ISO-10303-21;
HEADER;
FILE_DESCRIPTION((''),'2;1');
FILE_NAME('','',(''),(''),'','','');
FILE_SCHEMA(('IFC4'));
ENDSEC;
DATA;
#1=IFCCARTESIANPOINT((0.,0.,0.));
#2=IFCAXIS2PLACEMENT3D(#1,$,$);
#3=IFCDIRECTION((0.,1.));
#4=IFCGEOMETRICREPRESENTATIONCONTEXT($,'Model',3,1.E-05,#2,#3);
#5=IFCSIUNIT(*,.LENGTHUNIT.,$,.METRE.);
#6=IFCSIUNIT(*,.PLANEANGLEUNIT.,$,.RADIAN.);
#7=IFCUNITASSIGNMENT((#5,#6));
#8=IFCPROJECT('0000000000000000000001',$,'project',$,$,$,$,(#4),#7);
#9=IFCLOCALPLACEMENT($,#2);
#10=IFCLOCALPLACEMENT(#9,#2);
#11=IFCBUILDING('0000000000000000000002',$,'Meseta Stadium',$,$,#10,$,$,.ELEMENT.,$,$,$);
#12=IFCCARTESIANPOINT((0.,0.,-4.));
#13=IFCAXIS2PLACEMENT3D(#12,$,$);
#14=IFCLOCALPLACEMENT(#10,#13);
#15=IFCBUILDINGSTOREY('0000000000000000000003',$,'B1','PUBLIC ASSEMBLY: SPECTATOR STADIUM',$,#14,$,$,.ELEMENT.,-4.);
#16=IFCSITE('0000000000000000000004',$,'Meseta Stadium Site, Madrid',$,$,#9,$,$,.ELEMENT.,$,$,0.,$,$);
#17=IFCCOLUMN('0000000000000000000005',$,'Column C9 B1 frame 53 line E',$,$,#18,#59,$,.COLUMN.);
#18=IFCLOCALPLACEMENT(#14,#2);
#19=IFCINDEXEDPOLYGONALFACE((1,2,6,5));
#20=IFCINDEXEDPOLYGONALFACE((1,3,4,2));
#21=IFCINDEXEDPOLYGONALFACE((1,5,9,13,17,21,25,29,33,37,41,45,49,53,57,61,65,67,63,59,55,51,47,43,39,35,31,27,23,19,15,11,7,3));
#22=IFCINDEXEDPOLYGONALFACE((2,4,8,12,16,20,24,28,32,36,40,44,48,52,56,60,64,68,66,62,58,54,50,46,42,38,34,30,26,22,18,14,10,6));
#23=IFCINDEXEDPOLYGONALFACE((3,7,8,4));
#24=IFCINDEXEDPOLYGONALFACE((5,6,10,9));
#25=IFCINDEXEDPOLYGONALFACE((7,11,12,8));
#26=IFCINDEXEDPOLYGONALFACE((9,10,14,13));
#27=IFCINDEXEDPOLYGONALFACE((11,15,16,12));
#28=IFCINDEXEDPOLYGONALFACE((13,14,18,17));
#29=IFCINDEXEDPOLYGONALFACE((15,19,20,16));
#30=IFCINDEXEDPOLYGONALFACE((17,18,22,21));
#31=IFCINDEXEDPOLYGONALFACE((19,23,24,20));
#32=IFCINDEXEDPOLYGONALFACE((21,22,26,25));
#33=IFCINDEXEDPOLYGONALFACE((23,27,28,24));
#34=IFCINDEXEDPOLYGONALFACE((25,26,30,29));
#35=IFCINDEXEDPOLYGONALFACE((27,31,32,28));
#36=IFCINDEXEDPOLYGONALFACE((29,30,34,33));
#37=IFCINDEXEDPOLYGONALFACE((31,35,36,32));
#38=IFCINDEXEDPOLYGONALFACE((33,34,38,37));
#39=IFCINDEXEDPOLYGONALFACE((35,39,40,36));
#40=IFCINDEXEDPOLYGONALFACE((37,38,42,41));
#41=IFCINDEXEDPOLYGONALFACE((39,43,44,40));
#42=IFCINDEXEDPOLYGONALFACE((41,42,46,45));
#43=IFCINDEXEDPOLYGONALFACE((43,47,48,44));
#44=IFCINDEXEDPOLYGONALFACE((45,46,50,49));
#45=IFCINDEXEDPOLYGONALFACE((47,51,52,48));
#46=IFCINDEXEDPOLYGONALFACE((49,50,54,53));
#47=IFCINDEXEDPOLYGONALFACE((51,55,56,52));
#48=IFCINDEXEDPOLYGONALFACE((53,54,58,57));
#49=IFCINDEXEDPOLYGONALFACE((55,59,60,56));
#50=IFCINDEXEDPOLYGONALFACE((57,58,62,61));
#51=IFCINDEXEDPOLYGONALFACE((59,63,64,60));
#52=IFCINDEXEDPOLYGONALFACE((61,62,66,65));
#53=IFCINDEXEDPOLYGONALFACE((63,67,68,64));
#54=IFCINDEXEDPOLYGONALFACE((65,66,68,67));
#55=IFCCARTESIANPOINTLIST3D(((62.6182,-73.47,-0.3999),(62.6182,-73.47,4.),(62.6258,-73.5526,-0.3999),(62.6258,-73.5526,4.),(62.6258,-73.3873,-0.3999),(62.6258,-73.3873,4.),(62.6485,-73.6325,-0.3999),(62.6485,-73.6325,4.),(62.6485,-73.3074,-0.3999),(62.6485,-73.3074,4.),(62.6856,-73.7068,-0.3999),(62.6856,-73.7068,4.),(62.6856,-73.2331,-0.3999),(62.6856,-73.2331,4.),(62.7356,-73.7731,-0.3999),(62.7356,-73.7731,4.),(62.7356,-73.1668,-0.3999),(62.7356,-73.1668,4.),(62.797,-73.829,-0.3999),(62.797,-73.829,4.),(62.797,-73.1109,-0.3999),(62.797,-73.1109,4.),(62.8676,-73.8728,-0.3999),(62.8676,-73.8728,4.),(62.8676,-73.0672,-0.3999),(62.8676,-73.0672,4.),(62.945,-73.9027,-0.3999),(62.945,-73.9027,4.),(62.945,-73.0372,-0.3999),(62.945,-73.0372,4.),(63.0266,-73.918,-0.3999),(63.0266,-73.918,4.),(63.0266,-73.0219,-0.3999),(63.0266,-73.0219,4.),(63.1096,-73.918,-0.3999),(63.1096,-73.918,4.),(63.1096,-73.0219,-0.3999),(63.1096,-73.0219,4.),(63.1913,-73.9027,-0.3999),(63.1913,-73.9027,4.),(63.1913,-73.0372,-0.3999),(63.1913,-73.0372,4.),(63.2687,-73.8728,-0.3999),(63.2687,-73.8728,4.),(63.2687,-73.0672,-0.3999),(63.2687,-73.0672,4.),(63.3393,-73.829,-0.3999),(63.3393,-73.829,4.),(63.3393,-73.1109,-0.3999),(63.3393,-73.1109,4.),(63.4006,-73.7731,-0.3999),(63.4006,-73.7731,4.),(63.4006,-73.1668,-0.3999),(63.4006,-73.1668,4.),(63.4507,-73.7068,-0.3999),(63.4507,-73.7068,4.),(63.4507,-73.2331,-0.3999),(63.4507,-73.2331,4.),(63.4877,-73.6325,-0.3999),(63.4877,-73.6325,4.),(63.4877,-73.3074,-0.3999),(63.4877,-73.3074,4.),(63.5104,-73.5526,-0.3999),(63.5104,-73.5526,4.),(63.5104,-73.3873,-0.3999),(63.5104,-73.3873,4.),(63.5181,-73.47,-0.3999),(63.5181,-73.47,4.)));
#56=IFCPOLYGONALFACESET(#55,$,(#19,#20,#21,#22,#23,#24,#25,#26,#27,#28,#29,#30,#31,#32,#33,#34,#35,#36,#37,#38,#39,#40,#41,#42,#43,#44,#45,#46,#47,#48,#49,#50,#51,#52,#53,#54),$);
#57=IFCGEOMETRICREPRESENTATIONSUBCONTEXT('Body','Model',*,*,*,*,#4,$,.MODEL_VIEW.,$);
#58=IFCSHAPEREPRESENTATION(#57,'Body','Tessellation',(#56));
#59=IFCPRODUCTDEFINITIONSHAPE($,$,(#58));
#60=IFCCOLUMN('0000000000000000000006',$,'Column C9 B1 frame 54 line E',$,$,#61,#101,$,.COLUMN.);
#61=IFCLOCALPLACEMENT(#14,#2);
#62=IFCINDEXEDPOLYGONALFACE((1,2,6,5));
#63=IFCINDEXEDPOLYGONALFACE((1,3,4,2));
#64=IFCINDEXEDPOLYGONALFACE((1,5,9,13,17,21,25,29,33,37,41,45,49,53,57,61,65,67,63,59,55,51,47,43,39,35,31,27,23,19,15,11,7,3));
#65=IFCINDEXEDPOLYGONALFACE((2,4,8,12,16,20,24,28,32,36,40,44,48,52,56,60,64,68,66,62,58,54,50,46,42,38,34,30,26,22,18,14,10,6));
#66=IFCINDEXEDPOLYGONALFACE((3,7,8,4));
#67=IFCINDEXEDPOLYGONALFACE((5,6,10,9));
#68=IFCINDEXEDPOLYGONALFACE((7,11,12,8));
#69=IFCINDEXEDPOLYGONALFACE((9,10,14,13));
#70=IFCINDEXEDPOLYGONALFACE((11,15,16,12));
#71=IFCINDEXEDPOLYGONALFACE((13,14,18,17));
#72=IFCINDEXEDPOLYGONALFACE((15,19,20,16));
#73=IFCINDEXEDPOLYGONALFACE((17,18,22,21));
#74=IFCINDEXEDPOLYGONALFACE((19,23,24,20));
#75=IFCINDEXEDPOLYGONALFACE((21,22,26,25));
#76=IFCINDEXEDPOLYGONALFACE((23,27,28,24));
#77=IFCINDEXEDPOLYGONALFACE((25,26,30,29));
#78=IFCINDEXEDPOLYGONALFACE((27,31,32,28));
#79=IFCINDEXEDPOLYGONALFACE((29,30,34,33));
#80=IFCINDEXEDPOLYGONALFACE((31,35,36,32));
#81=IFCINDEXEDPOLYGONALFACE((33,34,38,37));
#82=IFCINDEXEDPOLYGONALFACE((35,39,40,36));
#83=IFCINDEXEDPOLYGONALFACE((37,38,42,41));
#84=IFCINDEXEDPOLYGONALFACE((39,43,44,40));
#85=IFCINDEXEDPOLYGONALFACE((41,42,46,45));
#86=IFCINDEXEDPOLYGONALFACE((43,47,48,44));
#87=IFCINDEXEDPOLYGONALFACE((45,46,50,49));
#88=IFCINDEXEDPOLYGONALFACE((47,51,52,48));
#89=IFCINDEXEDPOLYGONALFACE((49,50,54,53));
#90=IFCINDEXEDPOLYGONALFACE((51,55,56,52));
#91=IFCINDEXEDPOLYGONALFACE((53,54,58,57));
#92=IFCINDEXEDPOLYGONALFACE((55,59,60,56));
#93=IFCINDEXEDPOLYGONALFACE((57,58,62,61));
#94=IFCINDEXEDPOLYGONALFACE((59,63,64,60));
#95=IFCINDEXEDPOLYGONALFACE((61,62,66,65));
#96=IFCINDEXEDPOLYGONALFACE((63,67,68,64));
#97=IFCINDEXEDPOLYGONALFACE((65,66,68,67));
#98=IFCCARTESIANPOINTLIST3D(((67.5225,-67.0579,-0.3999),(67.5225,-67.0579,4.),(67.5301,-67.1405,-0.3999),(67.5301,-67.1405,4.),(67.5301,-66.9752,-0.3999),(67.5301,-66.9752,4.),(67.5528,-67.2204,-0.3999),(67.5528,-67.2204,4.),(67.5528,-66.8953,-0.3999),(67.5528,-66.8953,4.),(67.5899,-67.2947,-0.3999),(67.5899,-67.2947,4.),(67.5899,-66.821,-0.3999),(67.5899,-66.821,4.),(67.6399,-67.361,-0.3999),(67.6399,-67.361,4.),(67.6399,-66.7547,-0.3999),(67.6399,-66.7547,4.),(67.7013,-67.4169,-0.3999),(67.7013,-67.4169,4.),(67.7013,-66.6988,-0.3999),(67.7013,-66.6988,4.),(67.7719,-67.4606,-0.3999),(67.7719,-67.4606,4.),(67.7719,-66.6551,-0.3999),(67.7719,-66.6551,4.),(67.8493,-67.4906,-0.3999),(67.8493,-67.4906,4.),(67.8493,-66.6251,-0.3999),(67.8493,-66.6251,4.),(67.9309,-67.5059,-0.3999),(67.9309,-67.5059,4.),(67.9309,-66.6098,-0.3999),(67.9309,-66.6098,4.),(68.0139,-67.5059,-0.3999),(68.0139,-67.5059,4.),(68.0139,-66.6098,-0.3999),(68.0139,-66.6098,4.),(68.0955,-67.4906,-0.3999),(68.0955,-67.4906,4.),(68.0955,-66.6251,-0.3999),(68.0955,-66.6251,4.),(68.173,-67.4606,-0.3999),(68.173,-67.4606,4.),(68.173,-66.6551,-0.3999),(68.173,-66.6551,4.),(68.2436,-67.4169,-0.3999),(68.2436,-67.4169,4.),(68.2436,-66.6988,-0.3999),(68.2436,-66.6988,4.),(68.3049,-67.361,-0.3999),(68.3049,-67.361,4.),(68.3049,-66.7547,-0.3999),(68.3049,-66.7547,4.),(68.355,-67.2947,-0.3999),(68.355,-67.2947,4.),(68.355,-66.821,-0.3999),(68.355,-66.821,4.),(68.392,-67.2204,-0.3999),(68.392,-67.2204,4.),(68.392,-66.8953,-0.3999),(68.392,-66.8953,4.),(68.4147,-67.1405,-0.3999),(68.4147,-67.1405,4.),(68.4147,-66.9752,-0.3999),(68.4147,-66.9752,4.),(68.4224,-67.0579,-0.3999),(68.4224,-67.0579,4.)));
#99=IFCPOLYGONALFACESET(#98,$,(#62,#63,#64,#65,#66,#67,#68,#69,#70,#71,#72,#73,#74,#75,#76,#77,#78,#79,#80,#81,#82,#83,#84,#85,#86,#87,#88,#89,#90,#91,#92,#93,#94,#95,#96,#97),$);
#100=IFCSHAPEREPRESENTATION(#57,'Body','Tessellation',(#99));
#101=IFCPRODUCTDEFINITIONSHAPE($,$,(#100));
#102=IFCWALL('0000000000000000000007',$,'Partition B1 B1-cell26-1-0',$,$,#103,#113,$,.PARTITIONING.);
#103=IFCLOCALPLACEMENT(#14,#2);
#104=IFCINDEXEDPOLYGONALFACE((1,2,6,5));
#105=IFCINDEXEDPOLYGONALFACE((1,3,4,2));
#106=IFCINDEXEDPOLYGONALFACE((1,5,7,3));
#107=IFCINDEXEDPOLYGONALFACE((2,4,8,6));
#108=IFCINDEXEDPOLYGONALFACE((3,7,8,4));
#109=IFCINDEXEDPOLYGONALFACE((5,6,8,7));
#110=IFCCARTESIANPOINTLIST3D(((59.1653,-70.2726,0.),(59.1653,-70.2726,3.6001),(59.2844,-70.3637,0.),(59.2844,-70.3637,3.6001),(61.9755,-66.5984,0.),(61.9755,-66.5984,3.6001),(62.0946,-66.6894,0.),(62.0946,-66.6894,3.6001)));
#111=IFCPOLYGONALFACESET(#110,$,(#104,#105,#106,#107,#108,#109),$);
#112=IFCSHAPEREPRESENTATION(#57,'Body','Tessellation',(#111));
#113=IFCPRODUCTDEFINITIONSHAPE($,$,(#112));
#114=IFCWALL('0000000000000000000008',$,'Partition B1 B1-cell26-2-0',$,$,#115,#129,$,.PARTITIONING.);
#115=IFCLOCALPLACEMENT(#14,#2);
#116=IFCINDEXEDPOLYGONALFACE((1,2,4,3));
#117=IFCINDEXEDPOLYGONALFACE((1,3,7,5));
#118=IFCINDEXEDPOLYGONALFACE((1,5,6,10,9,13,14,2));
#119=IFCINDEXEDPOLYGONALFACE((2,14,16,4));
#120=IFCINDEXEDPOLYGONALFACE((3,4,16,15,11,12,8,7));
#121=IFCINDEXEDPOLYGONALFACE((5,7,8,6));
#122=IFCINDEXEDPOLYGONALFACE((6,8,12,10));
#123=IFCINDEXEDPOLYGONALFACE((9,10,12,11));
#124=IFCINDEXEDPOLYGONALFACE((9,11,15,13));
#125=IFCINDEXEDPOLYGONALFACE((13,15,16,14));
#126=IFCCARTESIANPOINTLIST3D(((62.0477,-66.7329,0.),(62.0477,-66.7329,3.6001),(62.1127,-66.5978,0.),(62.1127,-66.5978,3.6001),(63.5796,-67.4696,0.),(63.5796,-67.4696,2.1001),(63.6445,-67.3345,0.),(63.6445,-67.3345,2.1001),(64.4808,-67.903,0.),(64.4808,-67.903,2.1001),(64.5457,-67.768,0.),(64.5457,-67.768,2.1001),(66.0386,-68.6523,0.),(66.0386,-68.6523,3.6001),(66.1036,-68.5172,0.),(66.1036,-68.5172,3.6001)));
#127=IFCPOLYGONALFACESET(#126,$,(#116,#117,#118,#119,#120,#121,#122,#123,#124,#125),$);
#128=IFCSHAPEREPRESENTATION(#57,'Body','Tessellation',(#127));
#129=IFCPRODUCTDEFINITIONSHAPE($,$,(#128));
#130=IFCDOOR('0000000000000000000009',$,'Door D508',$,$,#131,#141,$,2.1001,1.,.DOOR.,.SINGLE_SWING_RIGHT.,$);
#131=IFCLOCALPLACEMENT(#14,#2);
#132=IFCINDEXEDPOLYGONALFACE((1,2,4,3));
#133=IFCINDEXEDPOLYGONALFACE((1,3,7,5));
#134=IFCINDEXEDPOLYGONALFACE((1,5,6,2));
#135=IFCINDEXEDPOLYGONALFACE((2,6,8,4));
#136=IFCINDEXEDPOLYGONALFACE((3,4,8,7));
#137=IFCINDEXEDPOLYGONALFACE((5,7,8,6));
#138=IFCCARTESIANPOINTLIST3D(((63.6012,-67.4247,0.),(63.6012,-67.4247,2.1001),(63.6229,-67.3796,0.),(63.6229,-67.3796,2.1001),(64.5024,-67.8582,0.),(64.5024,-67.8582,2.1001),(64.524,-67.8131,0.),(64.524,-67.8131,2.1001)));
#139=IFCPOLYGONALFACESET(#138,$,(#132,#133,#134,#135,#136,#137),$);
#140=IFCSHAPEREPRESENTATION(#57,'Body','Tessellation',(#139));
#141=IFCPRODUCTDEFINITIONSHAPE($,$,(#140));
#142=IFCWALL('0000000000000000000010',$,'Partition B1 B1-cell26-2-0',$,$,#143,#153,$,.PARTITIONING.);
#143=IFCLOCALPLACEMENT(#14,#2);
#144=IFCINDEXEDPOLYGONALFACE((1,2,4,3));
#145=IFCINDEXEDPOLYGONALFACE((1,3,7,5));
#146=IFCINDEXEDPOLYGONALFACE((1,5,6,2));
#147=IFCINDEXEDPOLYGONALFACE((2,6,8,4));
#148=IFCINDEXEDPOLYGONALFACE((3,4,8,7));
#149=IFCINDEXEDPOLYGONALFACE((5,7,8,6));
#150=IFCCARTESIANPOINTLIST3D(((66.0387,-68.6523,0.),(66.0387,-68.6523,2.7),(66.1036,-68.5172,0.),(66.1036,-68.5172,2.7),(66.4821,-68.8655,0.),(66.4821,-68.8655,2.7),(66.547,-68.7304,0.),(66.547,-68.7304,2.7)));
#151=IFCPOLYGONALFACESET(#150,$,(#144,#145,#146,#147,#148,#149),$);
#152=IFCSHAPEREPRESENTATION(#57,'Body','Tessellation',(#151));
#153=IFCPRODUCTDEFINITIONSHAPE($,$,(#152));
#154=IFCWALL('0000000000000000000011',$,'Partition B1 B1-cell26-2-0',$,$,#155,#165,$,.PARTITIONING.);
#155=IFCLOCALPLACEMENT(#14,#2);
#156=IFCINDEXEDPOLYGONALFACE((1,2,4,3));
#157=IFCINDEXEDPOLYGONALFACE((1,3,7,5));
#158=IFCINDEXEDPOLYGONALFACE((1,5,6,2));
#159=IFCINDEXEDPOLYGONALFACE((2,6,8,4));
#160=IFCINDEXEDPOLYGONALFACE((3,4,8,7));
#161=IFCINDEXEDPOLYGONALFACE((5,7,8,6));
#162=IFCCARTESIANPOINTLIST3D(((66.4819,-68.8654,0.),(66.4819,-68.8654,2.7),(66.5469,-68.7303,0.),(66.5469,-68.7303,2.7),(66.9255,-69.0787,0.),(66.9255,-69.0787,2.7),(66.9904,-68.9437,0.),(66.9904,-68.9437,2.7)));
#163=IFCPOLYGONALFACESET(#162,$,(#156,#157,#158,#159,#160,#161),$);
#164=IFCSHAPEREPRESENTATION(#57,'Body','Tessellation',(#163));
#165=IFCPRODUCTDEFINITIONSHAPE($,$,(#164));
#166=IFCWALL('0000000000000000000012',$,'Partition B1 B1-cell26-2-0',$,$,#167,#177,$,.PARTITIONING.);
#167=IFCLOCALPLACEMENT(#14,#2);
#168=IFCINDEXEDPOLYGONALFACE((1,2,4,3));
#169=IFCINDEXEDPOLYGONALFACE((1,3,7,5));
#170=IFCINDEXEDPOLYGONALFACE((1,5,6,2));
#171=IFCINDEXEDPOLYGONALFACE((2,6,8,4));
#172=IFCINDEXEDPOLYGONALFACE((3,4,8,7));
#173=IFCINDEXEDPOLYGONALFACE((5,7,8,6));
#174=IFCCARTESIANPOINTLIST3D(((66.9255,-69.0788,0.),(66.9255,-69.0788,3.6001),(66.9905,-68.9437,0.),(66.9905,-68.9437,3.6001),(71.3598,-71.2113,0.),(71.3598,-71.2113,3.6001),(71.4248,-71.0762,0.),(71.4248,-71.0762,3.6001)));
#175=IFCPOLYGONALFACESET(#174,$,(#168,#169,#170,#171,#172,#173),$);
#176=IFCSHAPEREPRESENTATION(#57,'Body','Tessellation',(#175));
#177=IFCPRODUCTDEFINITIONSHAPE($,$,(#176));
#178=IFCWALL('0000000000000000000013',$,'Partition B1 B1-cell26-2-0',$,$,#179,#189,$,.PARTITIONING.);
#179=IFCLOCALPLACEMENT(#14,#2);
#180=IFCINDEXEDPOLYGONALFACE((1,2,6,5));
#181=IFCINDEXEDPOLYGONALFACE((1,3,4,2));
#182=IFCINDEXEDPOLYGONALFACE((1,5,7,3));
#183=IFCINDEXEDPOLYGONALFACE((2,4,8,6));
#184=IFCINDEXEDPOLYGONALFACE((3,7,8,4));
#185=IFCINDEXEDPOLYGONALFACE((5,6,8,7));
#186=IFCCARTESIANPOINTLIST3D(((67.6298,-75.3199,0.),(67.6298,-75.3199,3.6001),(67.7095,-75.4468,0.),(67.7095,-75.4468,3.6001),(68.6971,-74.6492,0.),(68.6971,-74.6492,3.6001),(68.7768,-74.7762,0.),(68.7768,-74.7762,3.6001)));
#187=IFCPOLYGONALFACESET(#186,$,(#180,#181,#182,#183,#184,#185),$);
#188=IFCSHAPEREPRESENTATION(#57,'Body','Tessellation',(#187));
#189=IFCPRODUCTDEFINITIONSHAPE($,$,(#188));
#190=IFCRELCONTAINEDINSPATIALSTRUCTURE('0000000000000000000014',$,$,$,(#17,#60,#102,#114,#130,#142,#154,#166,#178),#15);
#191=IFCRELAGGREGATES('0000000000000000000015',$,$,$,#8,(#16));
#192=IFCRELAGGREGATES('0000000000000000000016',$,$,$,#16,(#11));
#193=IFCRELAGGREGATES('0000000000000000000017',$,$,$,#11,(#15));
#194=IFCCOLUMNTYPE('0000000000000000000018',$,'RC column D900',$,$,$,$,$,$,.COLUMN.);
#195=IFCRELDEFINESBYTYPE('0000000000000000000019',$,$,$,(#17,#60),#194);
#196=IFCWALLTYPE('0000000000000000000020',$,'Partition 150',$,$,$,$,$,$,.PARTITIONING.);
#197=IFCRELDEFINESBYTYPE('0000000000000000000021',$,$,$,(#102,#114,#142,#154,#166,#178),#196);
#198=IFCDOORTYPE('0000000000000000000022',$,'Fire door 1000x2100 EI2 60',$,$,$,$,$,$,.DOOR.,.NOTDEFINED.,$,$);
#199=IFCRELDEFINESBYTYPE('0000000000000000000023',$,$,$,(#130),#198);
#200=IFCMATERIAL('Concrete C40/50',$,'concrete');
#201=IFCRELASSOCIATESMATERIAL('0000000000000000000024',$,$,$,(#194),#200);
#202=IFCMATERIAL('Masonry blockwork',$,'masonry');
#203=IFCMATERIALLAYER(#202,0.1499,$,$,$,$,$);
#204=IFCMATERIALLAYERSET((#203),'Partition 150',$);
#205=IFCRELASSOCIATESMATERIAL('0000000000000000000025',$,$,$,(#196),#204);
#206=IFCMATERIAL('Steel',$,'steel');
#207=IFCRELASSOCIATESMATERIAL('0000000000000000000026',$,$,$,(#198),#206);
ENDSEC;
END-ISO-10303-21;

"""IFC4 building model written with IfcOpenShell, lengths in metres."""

from ifc_helpers import new_model, si_unit, direction, frame, frame_2d, origin, origin_2d, place, context, subcontext, project, spatial, rectangle, circle, extrude, material, layer, layer_set, material_profile, profile_set, type_object, element, fill, save


model = new_model("IFC4")

# Units and contexts
model_context = context("Model", 3, precision=1e-05, world=origin(), true_north=direction((0.0, 1.0)))
body_context = subcontext(model_context, "Body", "Model", "MODEL_VIEW")
ifc_project = project(units=[si_unit("LENGTHUNIT", "METRE"), si_unit("PLANEANGLEUNIT", "RADIAN")], contexts=[model_context])

# Site, building, storey
site_placement = place(None, origin())
site = spatial("IfcSite", under=ifc_project, at=site_placement, Name="Meseta Stadium Site, Madrid", CompositionType="ELEMENT", RefElevation=0.0)
building_placement = place(site_placement, origin())
building = spatial("IfcBuilding", under=site, at=building_placement, Name="Meseta Stadium", CompositionType="ELEMENT")
storey_placement = place(building_placement, frame((0.0, 0.0, -4.0)))
storey = spatial("IfcBuildingStorey", under=building, at=storey_placement, Name="B1", Description="PUBLIC ASSEMBLY: SPECTATOR STADIUM", CompositionType="ELEMENT", Elevation=-4.0)

# Columns
ifc_material_1 = material(Name="Concrete C40/50", Category="concrete")
ifc_material_profile = material_profile(ifc_material_1, circle(Radius=0.45, at=origin_2d()), Name="RC D900")
ifc_profile_set = profile_set([ifc_material_profile], Name="Concrete C40/50")
column_type = type_object("IfcColumnType", Name="RC column D900", PredefinedType="COLUMN", material=ifc_profile_set)
for number, where, z_axis, x_axis, name in (
    (1, (63.0681, -73.47, -0.3999), (0.0, 0.0, 1.0), (1.0, 0.0, 0.0), "Column C9 B1 frame 53 line E"),
    (2, (67.9724, -67.0579, -0.3999), (0.0, 0.0, 1.0), (1.0, 0.0, 0.0), "Column C9 B1 frame 54 line E"),
):
    element("IfcColumn", number, at=place(storey_placement, frame(where, z_axis=z_axis, x_axis=x_axis)), inside=storey, type_object=column_type, Name=name, PredefinedType="COLUMN", context=body_context, shape_type="SweptSolid", body=[
        extrude(circle(Radius=0.45, at=origin_2d()), origin(), (0.0, 0.0, 1.0), 4.3999),
    ])

# Wall
ifc_material_2 = material(Name="Masonry blockwork", Category="masonry")
ifc_layer = layer(ifc_material_2, 0.1499)
ifc_layer_set = layer_set([ifc_layer], Name="Partition 150")
wall_type = type_object("IfcWallType", Name="Partition 150", PredefinedType="PARTITIONING", material=ifc_layer_set)
wall_1_placement = place(storey_placement, frame((62.0352, -66.6438, 0.0), z_axis=(0.0, 0.0, 1.0), x_axis=(-0.607523, -0.794302, 0.0)))
element("IfcWall", 3, at=wall_1_placement, inside=storey, type_object=wall_type, Name="Partition B1 B1-cell26-1-0", PredefinedType="PARTITIONING", context=body_context, shape_type="SweptSolid", body=[
    extrude(rectangle(XDim=4.6257, YDim=0.1499, at=frame_2d((2.313, 0.0))), origin(), (0.0, 0.0, 1.0), 3.6001),
])

# Wall, opening, door
wall_2_placement = place(storey_placement, frame((62.0801, -66.6653, 0.0), z_axis=(0.0, 0.0, 1.0), x_axis=(0.901191, -0.433423, 0.0)))
wall_2 = element("IfcWall", 4, at=wall_2_placement, inside=storey, type_object=wall_type, Name="Partition B1 B1-cell26-2-0", PredefinedType="PARTITIONING", context=body_context, shape_type="SweptSolid", body=[
    extrude(rectangle(XDim=4.4285, YDim=0.1499, at=frame_2d((2.2144, 0.0))), origin(), (0.0, 0.0, 1.0), 3.6001),
])
opening_1_placement = place(wall_2_placement, frame((1.7, 0.0, 0.0)))
opening_1 = element("IfcOpeningElement", 5, at=opening_1_placement, cuts=wall_2, PredefinedType="OPENING", context=body_context, shape_type="SweptSolid", body=[
    extrude(rectangle(XDim=1.0, YDim=2.1001, at=frame_2d((0.5, 1.05))), frame((0.0, 0.085, 0.0), z_axis=(0.0, -1.0, 0.0), x_axis=(1.0, 0.0, 0.0)), (0.0, 0.0, 1.0), 0.1699),
])
ifc_material_3 = material(Name="Steel", Category="steel")
door_type = type_object("IfcDoorType", Name="Fire door 1000x2100 EI2 60", OperationType="NOTDEFINED", PredefinedType="DOOR", material=ifc_material_3)
door_1_placement = place(opening_1_placement, origin())
door_1 = element("IfcDoor", 6, at=door_1_placement, inside=storey, type_object=door_type, Name="Door D508", OperationType="SINGLE_SWING_RIGHT", OverallHeight=2.1001, OverallWidth=1.0, PredefinedType="DOOR", context=body_context, shape_type="SweptSolid", body=[
    extrude(rectangle(XDim=1.0, YDim=2.1001, at=frame_2d((0.5, 1.05))), frame((0.0, 0.0249, 0.0), z_axis=(0.0, -1.0, 0.0), x_axis=(1.0, 0.0, 0.0)), (0.0, 0.0, 1.0), 0.05),
])
fill(opening_1, door_1)

# Walls
wall_3_placement = place(storey_placement, frame((66.071, -68.5847, 0.0), z_axis=(0.0, 0.0, 1.0), x_axis=(0.901267, -0.433263, 0.0)))
element("IfcWall", 7, at=wall_3_placement, inside=storey, type_object=wall_type, Name="Partition B1 B1-cell26-2-0", PredefinedType="PARTITIONING", context=body_context, shape_type="SweptSolid", body=[
    extrude(rectangle(XDim=0.4919, YDim=0.1499, at=frame_2d((0.2461, 0.0))), origin(), (0.0, 0.0, 1.0), 2.7),
])
wall_4_placement = place(storey_placement, frame((66.5144, -68.7979, 0.0), z_axis=(0.0, 0.0, 1.0), x_axis=(0.901167, -0.433473, 0.0)))
element("IfcWall", 8, at=wall_4_placement, inside=storey, type_object=wall_type, Name="Partition B1 B1-cell26-2-0", PredefinedType="PARTITIONING", context=body_context, shape_type="SweptSolid", body=[
    extrude(rectangle(XDim=0.4922, YDim=0.1499, at=frame_2d((0.2461, 0.0))), origin(), (0.0, 0.0, 1.0), 2.7),
])
wall_5_placement = place(storey_placement, frame((66.958, -69.0112, 0.0), z_axis=(0.0, 0.0, 1.0), x_axis=(0.901198, -0.433407, 0.0)))
element("IfcWall", 9, at=wall_5_placement, inside=storey, type_object=wall_type, Name="Partition B1 B1-cell26-2-0", PredefinedType="PARTITIONING", context=body_context, shape_type="SweptSolid", body=[
    extrude(rectangle(XDim=4.9204, YDim=0.1499, at=frame_2d((2.4602, 0.0))), origin(), (0.0, 0.0, 1.0), 3.6001),
])
wall_6_placement = place(storey_placement, frame((68.7371, -74.7126, 0.0), z_axis=(0.0, 0.0, 1.0), x_axis=(-0.846734, -0.532017, 0.0)))
element("IfcWall", 10, at=wall_6_placement, inside=storey, type_object=wall_type, Name="Partition B1 B1-cell26-2-0", PredefinedType="PARTITIONING", context=body_context, shape_type="SweptSolid", body=[
    extrude(rectangle(XDim=1.2605, YDim=0.1499, at=frame_2d((0.6304, 0.0))), origin(), (0.0, 0.0, 1.0), 3.6001),
])

save(model, "model.ifc")
